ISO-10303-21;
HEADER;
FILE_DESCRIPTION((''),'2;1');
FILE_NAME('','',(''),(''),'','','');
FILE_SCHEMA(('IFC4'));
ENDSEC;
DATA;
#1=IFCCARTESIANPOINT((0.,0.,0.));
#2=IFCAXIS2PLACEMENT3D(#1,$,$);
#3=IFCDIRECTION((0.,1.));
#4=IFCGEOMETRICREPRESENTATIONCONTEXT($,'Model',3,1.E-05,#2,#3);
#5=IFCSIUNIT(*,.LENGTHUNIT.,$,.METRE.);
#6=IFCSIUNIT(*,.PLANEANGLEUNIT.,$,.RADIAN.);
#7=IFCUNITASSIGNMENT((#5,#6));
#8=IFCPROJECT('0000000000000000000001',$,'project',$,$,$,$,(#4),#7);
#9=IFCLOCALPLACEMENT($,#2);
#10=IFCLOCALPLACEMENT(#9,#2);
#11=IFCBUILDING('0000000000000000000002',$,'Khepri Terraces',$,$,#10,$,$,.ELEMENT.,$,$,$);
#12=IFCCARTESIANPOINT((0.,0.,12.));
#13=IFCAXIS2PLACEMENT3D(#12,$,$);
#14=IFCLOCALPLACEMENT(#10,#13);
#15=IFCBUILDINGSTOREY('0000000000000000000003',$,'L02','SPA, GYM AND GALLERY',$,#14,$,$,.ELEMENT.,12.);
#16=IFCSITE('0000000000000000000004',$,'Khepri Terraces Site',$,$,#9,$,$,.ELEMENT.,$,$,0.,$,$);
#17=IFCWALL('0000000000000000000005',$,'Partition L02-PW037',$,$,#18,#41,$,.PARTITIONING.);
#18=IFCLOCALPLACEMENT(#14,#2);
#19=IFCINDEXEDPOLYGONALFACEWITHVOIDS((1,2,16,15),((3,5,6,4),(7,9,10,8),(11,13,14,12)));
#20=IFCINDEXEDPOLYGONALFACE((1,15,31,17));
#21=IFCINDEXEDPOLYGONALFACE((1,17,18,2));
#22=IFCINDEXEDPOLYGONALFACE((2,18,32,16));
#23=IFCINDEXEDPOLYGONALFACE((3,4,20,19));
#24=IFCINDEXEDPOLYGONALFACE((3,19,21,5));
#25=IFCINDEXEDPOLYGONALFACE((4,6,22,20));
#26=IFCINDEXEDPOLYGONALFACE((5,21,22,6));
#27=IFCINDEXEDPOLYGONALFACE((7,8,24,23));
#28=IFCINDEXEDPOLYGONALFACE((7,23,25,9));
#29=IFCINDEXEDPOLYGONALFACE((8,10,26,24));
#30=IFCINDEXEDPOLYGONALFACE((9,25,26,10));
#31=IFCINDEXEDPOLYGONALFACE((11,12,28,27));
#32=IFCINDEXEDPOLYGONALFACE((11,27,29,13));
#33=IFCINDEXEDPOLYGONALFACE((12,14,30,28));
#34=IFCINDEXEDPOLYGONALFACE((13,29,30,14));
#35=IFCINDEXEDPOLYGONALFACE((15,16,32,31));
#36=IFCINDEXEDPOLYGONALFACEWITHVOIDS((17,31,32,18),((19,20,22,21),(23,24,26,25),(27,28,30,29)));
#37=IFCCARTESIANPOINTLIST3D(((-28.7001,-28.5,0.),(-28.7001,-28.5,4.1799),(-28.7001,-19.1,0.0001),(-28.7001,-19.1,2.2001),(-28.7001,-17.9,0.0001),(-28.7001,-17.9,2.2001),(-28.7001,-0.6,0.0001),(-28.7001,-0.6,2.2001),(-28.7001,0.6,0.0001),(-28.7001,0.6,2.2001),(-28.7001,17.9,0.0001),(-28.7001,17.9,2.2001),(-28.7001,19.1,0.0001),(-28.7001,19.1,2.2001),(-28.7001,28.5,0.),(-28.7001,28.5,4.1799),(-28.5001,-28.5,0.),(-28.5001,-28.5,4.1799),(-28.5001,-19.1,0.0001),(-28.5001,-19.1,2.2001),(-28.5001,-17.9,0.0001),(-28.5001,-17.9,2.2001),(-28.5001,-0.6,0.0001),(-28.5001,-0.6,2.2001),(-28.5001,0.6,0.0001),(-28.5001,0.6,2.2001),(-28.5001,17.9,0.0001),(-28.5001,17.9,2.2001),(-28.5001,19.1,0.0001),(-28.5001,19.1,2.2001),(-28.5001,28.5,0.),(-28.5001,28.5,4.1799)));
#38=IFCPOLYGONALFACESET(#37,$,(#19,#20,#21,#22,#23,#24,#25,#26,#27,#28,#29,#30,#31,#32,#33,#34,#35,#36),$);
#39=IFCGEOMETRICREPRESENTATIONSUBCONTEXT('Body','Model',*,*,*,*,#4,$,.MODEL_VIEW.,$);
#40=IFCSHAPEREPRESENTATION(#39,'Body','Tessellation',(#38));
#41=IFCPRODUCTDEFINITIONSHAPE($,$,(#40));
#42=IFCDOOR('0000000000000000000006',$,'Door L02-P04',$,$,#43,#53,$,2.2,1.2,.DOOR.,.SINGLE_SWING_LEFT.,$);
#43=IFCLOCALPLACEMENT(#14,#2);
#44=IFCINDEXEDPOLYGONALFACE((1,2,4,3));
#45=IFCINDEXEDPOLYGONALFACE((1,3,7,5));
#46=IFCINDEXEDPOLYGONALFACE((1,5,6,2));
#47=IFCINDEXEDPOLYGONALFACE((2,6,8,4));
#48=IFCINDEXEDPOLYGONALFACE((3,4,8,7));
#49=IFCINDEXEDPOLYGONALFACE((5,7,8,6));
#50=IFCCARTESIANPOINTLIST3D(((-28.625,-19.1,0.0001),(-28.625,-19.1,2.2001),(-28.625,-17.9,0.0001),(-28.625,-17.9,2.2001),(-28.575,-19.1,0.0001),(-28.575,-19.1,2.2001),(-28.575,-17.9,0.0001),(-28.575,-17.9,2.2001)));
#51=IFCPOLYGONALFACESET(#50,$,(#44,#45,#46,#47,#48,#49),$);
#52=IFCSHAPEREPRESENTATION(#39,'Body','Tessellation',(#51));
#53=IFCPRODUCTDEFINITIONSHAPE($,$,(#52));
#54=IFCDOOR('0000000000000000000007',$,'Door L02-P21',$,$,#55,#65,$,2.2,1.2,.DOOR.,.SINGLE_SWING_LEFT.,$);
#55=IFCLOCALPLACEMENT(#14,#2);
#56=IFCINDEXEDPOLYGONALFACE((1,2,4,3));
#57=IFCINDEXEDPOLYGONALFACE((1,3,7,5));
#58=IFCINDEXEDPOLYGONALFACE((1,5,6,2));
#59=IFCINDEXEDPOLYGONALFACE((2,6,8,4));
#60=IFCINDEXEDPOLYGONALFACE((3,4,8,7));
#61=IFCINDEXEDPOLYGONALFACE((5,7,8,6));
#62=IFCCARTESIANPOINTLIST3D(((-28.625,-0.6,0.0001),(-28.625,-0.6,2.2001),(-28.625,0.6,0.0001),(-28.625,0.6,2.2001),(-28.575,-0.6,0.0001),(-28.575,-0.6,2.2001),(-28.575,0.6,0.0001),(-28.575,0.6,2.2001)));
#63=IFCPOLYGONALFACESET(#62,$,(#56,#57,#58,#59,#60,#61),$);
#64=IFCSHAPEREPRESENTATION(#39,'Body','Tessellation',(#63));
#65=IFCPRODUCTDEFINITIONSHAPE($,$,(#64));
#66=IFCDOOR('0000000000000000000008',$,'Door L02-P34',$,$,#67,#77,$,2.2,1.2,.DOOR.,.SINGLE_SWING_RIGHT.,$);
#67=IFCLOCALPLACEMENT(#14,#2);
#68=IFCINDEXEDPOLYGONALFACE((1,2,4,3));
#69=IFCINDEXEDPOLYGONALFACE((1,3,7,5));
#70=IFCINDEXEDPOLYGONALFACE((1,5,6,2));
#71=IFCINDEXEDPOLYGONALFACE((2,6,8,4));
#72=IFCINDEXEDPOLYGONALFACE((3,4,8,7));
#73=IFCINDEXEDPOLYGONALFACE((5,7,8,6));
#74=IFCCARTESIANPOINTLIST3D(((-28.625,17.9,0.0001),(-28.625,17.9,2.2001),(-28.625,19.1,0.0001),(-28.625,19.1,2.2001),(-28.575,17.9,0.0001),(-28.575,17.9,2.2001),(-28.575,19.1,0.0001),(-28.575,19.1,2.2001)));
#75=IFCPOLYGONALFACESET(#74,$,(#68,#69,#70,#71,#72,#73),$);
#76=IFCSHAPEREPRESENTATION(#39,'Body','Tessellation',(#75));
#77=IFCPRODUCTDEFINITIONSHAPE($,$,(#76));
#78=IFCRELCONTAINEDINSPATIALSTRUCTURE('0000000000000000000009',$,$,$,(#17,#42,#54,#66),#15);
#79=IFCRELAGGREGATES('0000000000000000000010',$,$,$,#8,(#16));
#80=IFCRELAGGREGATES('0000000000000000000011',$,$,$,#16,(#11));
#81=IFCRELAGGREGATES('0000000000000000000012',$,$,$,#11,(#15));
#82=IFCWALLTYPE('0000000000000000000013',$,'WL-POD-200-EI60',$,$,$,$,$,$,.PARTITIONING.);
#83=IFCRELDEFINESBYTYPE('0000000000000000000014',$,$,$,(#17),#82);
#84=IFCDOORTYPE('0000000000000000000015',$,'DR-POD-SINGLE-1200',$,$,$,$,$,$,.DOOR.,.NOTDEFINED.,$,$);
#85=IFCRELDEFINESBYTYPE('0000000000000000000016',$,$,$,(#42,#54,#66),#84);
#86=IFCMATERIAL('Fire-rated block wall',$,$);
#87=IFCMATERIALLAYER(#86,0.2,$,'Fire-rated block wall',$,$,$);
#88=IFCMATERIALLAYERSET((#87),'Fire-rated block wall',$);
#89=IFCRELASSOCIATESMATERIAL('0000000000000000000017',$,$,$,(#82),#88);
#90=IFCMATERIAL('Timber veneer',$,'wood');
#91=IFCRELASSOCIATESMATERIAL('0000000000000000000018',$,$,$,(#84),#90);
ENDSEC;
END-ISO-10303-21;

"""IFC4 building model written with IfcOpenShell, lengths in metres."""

from ifc_helpers import new_model, si_unit, direction, frame, frame_2d, origin, place, context, subcontext, project, spatial, rectangle, extrude, material, layer, layer_set, type_object, element, fill, save


model = new_model("IFC4")

# Units and contexts
model_context = context("Model", 3, precision=1e-05, world=origin(), true_north=direction((0.0, 1.0)))
body_context = subcontext(model_context, "Body", "Model", "MODEL_VIEW")
ifc_project = project(units=[si_unit("LENGTHUNIT", "METRE"), si_unit("PLANEANGLEUNIT", "RADIAN")], contexts=[model_context])

# Site, building, storey
site_placement = place(None, origin())
site = spatial("IfcSite", under=ifc_project, at=site_placement, Name="Khepri Terraces Site", CompositionType="ELEMENT", RefElevation=0.0)
building_placement = place(site_placement, origin())
building = spatial("IfcBuilding", under=site, at=building_placement, Name="Khepri Terraces", CompositionType="ELEMENT")
storey_placement = place(building_placement, frame((0.0, 0.0, 12.0)))
storey = spatial("IfcBuildingStorey", under=building, at=storey_placement, Name="L02", Description="SPA, GYM AND GALLERY", CompositionType="ELEMENT", Elevation=12.0)

# Wall, openings, doors
ifc_material_1 = material(Name="Fire-rated block wall")
ifc_layer_1 = layer(ifc_material_1, 0.2, Name="Fire-rated block wall")
ifc_layer_set_1 = layer_set([ifc_layer_1], Name="Fire-rated block wall")
wall_type_1 = type_object("IfcWallType", Name="WL-POD-200-EI60", PredefinedType="PARTITIONING", material=ifc_layer_set_1)
ifc_material_2 = material(Name="Timber veneer", Category="wood")
door_type = type_object("IfcDoorType", Name="DR-POD-SINGLE-1200", OperationType="NOTDEFINED", PredefinedType="DOOR", material=ifc_material_2)
wall_1_placement = place(storey_placement, frame((-28.6001, -28.5, 0.0), z_axis=(0.0, 0.0, 1.0), x_axis=(0.0, 1.0, 0.0)))
wall_1 = element("IfcWall", 1, at=wall_1_placement, inside=storey, type_object=wall_type_1, Name="Partition L02-PW037", PredefinedType="PARTITIONING", context=body_context, shape_type="SweptSolid", body=[
    extrude(rectangle(XDim=57.0, YDim=0.2, at=frame_2d((28.5, 0.0))), origin(), (0.0, 0.0, 1.0), 4.1799),
])
opening_1_placement = place(wall_1_placement, frame((9.3999, 0.0, 0.0)))
opening_1 = element("IfcOpeningElement", 2, at=opening_1_placement, cuts=wall_1, PredefinedType="OPENING", context=body_context, shape_type="SweptSolid", body=[
    extrude(rectangle(XDim=1.2, YDim=2.2, at=frame_2d((0.6001, 1.1001))), frame((0.0, 0.1099, 0.0), z_axis=(0.0, -1.0, 0.0), x_axis=(1.0, 0.0, 0.0)), (0.0, 0.0, 1.0), 0.22),
])
opening_2_placement = place(wall_1_placement, frame((27.8999, 0.0, 0.0)))
opening_2 = element("IfcOpeningElement", 3, at=opening_2_placement, cuts=wall_1, PredefinedType="OPENING", context=body_context, shape_type="SweptSolid", body=[
    extrude(rectangle(XDim=1.2, YDim=2.2, at=frame_2d((0.6001, 1.1001))), frame((0.0, 0.1099, 0.0), z_axis=(0.0, -1.0, 0.0), x_axis=(1.0, 0.0, 0.0)), (0.0, 0.0, 1.0), 0.22),
])
opening_3_placement = place(wall_1_placement, frame((46.3999, 0.0, 0.0)))
opening_3 = element("IfcOpeningElement", 4, at=opening_3_placement, cuts=wall_1, PredefinedType="OPENING", context=body_context, shape_type="SweptSolid", body=[
    extrude(rectangle(XDim=1.2, YDim=2.2, at=frame_2d((0.6001, 1.1001))), frame((0.0, 0.1099, 0.0), z_axis=(0.0, -1.0, 0.0), x_axis=(1.0, 0.0, 0.0)), (0.0, 0.0, 1.0), 0.22),
])
door_1_placement = place(opening_1_placement, origin())
door_1 = element("IfcDoor", 5, at=door_1_placement, inside=storey, type_object=door_type, Name="Door L02-P04", OperationType="SINGLE_SWING_LEFT", OverallHeight=2.2, OverallWidth=1.2, PredefinedType="DOOR", context=body_context, shape_type="SweptSolid", body=[
    extrude(rectangle(XDim=1.2, YDim=2.2, at=frame_2d((0.6001, 1.1001))), frame((0.0, 0.0249, 0.0), z_axis=(0.0, -1.0, 0.0), x_axis=(1.0, 0.0, 0.0)), (0.0, 0.0, 1.0), 0.05),
])
fill(opening_1, door_1)
door_2_placement = place(opening_2_placement, origin())
door_2 = element("IfcDoor", 6, at=door_2_placement, inside=storey, type_object=door_type, Name="Door L02-P21", OperationType="SINGLE_SWING_LEFT", OverallHeight=2.2, OverallWidth=1.2, PredefinedType="DOOR", context=body_context, shape_type="SweptSolid", body=[
    extrude(rectangle(XDim=1.2, YDim=2.2, at=frame_2d((0.6001, 1.1001))), frame((0.0, 0.0249, 0.0), z_axis=(0.0, -1.0, 0.0), x_axis=(1.0, 0.0, 0.0)), (0.0, 0.0, 1.0), 0.05),
])
fill(opening_2, door_2)
door_3_placement = place(opening_3_placement, origin())
door_3 = element("IfcDoor", 7, at=door_3_placement, inside=storey, type_object=door_type, Name="Door L02-P34", OperationType="SINGLE_SWING_RIGHT", OverallHeight=2.2, OverallWidth=1.2, PredefinedType="DOOR", context=body_context, shape_type="SweptSolid", body=[
    extrude(rectangle(XDim=1.2, YDim=2.2, at=frame_2d((0.6001, 1.1001))), frame((0.0, 0.0249, 0.0), z_axis=(0.0, -1.0, 0.0), x_axis=(1.0, 0.0, 0.0)), (0.0, 0.0, 1.0), 0.05),
])
fill(opening_3, door_3)

save(model, "model.ifc")
